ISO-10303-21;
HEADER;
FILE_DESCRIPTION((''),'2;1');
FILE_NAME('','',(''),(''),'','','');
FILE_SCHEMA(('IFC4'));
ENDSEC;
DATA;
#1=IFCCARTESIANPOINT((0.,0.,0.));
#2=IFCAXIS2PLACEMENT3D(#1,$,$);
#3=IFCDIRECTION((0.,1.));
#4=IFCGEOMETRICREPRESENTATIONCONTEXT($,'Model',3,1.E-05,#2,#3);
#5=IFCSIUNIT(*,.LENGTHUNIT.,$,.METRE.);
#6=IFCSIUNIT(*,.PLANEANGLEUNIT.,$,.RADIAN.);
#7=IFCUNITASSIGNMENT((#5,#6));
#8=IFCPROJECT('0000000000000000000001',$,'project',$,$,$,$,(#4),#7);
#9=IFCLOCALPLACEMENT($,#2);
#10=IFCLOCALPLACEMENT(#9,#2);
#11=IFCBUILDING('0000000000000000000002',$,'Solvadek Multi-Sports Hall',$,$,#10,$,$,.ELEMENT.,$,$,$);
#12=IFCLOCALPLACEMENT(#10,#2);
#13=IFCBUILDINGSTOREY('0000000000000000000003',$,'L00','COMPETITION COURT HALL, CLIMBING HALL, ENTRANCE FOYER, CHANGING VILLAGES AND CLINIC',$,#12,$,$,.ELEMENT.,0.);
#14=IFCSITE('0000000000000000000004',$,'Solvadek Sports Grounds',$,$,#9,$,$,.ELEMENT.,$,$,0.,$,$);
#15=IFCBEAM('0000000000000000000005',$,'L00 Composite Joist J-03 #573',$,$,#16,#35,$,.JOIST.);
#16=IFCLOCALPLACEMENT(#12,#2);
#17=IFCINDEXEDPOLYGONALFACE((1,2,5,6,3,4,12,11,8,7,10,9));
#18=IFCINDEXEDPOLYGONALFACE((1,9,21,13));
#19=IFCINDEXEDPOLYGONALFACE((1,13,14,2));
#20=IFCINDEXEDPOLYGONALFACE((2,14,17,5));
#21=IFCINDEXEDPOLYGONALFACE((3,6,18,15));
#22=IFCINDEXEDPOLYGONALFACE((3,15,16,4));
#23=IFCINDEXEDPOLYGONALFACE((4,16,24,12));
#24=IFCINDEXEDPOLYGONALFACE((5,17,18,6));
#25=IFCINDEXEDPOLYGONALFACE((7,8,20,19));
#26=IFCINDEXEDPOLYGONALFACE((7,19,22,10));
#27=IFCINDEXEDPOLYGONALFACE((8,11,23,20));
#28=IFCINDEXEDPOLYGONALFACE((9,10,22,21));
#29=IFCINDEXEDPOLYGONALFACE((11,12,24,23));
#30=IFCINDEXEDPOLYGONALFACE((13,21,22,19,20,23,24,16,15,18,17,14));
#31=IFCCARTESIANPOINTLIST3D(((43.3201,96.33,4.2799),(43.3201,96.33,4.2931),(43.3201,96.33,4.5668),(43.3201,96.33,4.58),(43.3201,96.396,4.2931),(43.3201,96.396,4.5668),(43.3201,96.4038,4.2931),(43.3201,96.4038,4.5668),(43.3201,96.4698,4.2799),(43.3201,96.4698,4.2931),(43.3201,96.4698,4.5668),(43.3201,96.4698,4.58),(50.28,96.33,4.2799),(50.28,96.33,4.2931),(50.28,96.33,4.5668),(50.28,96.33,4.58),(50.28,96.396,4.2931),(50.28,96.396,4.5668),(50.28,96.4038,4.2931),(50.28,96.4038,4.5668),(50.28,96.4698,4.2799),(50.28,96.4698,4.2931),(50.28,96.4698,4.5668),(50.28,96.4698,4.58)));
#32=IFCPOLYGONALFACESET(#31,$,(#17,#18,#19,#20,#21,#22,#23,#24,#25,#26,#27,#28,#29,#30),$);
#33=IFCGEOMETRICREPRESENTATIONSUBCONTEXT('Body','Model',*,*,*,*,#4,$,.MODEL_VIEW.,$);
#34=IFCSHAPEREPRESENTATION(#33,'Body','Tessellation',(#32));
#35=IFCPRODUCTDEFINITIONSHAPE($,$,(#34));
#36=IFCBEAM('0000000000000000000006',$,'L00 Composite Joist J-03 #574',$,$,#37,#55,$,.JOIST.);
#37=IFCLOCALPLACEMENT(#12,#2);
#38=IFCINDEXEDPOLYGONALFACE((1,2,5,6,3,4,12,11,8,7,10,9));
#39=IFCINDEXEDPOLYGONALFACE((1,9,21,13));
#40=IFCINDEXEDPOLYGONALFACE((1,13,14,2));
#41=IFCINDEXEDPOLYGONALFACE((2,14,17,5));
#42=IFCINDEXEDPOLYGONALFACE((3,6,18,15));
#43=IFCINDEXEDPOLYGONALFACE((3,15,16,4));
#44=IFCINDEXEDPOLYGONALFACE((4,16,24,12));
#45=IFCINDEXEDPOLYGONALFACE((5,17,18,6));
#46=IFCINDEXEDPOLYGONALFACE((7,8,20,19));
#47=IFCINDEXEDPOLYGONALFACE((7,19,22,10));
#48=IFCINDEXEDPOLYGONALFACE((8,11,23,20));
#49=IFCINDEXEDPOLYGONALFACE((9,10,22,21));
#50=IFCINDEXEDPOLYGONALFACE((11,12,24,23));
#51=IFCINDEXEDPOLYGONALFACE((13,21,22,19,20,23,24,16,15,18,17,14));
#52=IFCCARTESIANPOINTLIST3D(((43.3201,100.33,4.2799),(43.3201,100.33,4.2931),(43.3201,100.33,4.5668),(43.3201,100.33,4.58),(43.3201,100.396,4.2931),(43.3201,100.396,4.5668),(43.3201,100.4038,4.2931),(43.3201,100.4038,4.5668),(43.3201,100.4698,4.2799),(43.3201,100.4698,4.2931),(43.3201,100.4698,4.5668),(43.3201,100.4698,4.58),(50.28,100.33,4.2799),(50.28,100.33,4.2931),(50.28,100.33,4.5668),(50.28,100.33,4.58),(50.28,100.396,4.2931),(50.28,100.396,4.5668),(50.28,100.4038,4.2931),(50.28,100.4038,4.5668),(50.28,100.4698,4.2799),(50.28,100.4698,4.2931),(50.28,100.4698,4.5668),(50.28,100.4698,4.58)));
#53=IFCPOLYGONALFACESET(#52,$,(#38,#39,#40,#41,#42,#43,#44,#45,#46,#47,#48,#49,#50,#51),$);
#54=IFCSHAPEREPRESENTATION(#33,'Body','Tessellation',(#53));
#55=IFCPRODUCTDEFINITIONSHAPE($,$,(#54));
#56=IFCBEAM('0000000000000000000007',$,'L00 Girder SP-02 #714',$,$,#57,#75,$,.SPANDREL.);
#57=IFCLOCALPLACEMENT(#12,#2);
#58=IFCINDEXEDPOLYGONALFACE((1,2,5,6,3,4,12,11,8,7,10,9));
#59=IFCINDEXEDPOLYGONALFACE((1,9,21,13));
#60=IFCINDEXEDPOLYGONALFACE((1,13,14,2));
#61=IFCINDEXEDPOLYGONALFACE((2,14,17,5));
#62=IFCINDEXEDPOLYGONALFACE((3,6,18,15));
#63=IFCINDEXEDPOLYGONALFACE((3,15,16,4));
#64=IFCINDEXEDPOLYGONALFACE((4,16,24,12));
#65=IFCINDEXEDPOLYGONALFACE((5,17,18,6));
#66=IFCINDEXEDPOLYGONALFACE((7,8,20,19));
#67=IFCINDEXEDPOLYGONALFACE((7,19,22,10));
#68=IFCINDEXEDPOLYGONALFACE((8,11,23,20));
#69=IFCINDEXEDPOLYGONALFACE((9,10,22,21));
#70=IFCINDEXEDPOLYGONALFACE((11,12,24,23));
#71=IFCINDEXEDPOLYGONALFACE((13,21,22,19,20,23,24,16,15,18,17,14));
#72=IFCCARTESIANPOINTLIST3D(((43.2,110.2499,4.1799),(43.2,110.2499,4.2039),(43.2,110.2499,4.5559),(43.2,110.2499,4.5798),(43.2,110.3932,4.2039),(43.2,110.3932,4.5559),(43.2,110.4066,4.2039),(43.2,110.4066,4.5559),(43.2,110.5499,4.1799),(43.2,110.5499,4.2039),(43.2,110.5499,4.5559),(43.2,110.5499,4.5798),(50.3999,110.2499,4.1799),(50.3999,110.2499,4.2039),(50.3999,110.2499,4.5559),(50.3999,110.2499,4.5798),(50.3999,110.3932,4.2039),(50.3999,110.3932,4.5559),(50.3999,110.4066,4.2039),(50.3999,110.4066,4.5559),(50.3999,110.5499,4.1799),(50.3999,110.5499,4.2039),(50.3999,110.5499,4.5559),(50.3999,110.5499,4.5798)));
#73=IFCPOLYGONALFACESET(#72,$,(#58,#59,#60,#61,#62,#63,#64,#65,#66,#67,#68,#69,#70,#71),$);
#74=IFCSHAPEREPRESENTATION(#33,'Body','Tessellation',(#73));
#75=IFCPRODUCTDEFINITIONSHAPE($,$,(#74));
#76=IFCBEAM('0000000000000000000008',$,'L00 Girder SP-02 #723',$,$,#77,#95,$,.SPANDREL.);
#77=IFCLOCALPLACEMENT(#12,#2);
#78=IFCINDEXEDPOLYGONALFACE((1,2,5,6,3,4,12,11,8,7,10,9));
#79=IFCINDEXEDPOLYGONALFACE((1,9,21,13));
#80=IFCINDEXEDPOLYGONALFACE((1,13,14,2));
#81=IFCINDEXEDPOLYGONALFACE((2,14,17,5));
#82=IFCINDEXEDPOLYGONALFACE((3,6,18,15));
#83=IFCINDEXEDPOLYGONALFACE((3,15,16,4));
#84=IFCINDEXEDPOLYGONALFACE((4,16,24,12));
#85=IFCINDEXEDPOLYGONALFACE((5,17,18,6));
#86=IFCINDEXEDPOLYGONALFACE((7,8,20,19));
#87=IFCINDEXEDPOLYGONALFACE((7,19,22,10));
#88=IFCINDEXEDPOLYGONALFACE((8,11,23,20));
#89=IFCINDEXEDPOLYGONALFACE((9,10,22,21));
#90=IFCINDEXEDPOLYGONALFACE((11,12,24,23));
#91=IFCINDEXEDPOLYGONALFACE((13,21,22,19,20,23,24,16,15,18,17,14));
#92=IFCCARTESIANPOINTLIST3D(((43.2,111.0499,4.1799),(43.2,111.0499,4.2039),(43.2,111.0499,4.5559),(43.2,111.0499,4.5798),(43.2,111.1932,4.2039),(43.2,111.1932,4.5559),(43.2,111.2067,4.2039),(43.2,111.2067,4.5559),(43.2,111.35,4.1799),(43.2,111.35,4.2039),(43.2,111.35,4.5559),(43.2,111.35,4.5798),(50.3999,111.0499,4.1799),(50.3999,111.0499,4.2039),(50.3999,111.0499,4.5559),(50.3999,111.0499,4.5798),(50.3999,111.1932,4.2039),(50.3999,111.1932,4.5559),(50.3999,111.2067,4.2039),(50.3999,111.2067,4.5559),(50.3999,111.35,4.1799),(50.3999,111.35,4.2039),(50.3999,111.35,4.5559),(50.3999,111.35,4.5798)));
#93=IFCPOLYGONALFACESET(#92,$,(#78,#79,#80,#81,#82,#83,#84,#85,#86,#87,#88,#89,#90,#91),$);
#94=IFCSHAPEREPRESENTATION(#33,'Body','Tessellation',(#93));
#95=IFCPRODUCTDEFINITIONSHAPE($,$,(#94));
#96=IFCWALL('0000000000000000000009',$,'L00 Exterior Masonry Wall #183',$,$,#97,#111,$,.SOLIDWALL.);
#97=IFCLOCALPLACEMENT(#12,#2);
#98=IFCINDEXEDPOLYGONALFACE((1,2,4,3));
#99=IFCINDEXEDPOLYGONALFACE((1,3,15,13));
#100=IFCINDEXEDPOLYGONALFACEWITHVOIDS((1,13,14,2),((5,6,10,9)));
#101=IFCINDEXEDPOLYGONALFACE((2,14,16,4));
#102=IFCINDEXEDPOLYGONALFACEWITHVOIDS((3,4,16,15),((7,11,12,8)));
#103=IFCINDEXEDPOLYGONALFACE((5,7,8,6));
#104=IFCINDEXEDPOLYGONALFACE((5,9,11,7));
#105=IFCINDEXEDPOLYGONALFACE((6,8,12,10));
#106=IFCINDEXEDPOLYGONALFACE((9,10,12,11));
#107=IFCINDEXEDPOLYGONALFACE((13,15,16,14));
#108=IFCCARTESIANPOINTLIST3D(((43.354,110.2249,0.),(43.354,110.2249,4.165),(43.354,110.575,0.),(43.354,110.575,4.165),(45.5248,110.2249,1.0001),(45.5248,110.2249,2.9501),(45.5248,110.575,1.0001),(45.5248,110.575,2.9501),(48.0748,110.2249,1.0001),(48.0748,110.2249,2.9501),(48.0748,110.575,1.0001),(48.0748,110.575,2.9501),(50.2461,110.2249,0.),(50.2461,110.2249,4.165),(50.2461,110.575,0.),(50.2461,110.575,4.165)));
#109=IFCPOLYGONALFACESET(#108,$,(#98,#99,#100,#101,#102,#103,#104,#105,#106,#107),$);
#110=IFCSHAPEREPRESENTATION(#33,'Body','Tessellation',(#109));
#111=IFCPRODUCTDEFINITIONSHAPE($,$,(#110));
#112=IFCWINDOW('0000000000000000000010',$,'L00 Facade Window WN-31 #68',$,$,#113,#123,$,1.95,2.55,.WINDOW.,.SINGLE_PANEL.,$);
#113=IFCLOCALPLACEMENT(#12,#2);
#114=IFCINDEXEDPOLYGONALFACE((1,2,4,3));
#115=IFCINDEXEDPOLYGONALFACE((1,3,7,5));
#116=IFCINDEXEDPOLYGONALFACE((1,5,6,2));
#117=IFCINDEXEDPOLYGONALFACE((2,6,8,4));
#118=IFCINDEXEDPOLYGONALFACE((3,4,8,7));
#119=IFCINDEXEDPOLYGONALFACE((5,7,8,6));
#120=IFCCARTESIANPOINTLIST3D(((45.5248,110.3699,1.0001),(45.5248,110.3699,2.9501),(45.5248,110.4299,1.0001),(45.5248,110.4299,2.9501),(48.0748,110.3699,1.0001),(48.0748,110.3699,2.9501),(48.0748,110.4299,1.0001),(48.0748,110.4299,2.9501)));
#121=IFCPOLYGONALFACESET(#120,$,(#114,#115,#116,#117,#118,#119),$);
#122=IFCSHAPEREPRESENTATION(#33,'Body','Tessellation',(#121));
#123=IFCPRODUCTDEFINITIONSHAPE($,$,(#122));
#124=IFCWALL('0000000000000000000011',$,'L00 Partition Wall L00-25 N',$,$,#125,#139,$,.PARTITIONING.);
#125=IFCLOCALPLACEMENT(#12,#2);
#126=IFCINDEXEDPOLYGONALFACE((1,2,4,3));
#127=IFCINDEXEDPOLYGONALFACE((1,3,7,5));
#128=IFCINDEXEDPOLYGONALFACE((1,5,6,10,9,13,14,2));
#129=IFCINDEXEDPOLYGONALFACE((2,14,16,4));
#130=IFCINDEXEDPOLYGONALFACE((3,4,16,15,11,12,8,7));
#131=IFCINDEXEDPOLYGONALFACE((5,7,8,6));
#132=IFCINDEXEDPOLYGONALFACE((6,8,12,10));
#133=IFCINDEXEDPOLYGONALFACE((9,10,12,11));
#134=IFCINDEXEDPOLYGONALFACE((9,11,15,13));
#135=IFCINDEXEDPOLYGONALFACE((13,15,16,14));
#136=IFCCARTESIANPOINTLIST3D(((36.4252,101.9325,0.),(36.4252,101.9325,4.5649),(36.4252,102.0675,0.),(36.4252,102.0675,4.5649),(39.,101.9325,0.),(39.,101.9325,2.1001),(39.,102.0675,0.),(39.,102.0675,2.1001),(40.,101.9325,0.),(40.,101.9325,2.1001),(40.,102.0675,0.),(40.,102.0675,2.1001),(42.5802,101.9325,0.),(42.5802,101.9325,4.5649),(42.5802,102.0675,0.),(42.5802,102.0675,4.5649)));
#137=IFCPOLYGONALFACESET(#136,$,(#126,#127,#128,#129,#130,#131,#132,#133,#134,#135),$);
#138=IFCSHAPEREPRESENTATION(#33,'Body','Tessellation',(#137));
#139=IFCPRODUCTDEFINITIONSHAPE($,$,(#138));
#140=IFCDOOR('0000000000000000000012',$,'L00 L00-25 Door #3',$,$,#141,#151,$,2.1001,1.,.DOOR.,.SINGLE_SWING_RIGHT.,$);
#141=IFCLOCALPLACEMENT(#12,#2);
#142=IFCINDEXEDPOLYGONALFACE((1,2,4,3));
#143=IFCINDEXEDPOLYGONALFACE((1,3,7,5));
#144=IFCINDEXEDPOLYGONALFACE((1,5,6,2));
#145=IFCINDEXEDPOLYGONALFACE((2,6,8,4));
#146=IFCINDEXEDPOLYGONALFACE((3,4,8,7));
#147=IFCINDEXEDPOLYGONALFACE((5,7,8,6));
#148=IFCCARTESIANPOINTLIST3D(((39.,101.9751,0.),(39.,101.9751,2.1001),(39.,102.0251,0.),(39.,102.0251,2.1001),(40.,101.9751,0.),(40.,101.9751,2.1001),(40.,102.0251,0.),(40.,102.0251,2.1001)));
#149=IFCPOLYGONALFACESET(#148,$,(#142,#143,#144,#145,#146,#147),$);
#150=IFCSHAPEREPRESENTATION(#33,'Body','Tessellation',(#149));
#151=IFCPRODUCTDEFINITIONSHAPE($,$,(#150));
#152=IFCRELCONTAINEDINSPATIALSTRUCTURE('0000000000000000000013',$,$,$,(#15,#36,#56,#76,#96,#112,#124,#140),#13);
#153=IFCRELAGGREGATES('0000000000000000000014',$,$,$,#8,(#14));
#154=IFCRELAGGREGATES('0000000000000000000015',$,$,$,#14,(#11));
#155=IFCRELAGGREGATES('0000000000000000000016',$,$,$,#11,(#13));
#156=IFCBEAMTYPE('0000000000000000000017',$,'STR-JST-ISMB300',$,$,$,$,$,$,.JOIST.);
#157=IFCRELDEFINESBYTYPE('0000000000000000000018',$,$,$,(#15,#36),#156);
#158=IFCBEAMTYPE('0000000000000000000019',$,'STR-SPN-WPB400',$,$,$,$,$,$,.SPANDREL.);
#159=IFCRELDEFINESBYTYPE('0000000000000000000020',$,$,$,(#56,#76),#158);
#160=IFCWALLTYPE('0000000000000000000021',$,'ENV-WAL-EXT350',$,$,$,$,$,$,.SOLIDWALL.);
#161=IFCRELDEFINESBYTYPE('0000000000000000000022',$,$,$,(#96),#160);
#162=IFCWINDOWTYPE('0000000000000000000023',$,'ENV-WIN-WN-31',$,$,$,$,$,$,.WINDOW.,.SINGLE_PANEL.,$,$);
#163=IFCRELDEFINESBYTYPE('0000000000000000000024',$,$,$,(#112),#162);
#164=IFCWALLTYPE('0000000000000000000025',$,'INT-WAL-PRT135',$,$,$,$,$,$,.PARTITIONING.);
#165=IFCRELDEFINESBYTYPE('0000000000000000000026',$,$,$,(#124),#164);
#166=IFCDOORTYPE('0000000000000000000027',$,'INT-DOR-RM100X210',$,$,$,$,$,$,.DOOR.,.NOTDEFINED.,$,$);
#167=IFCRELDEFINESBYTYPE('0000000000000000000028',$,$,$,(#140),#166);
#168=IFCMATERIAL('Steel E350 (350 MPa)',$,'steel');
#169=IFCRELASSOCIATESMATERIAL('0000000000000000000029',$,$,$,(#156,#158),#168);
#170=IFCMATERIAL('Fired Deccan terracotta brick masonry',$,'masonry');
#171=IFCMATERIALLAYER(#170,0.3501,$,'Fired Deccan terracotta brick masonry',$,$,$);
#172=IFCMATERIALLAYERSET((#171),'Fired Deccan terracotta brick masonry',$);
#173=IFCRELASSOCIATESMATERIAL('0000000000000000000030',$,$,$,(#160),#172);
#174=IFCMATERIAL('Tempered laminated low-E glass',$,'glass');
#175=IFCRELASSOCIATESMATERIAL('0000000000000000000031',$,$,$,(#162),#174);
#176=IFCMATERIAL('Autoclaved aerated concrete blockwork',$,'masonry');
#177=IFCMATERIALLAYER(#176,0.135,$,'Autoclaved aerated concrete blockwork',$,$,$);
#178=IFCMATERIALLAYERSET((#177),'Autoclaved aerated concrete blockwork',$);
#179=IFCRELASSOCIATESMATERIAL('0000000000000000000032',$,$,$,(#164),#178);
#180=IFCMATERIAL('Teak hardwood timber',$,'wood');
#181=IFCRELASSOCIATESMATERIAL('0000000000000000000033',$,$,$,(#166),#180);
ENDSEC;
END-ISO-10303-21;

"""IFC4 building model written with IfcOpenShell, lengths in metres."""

from ifc_helpers import new_model, si_unit, direction, frame, frame_2d, origin, origin_2d, place, context, subcontext, project, spatial, rectangle, i_section, extrude, material, layer, layer_set, material_profile, profile_set, type_object, element, fill, save


model = new_model("IFC4")

# Units and contexts
model_context = context("Model", 3, precision=1e-05, world=origin(), true_north=direction((0.0, 1.0)))
body_context = subcontext(model_context, "Body", "Model", "MODEL_VIEW")
ifc_project = project(units=[si_unit("LENGTHUNIT", "METRE"), si_unit("PLANEANGLEUNIT", "RADIAN")], contexts=[model_context])

# Site, building, storey
site_placement = place(None, origin())
site = spatial("IfcSite", under=ifc_project, at=site_placement, Name="Solvadek Sports Grounds", CompositionType="ELEMENT", RefElevation=0.0)
building_placement = place(site_placement, origin())
building = spatial("IfcBuilding", under=site, at=building_placement, Name="Solvadek Multi-Sports Hall", CompositionType="ELEMENT")
storey_placement = place(building_placement, origin())
storey = spatial("IfcBuildingStorey", under=building, at=storey_placement, Name="L00", Description="COMPETITION COURT HALL, CLIMBING HALL, ENTRANCE FOYER, CHANGING VILLAGES AND CLINIC", CompositionType="ELEMENT", Elevation=0.0)

# Shared definitions
ifc_material_1 = material(Name="Steel E350 (350 MPa)", Category="steel")

# Beams
ifc_material_profile_1 = material_profile(ifc_material_1, i_section(OverallWidth=0.1399, OverallDepth=0.3, WebThickness=0.0078, FlangeThickness=0.0132, at=origin_2d()), Name="ISMB 300")
ifc_profile_set_1 = profile_set([ifc_material_profile_1], Name="Steel E350 (350 MPa)")
beam_type_1 = type_object("IfcBeamType", Name="STR-JST-ISMB300", PredefinedType="JOIST", material=ifc_profile_set_1)
for number, where, z_axis, x_axis, name in (
    (1, (43.3201, 96.3999, 4.4299), (1.0, 0.0, 0.0), (0.0, 1.0, 0.0), "L00 Composite Joist J-03 #573"),
    (2, (43.3201, 100.3999, 4.4299), (1.0, 0.0, 0.0), (0.0, 1.0, 0.0), "L00 Composite Joist J-03 #574"),
):
    element("IfcBeam", number, at=place(storey_placement, frame(where, z_axis=z_axis, x_axis=x_axis)), inside=storey, type_object=beam_type_1, Name=name, PredefinedType="JOIST", context=body_context, shape_type="SweptSolid", body=[
        extrude(i_section(OverallWidth=0.1399, OverallDepth=0.3, WebThickness=0.0078, FlangeThickness=0.0132, at=origin_2d()), origin(), (0.0, 0.0, 1.0), 6.96),
    ])
ifc_material_profile_2 = material_profile(ifc_material_1, i_section(OverallWidth=0.3, OverallDepth=0.3999, WebThickness=0.0134, FlangeThickness=0.0239, at=origin_2d()), Name="WPB 400")
ifc_profile_set_2 = profile_set([ifc_material_profile_2], Name="Steel E350 (350 MPa)")
beam_type_2 = type_object("IfcBeamType", Name="STR-SPN-WPB400", PredefinedType="SPANDREL", material=ifc_profile_set_2)
for number, where, z_axis, x_axis, name in (
    (3, (43.2, 110.3999, 4.3799), (1.0, 0.0, 0.0), (0.0, 1.0, 0.0), "L00 Girder SP-02 #714"),
    (4, (43.2, 111.2, 4.3799), (1.0, 0.0, 0.0), (0.0, 1.0, 0.0), "L00 Girder SP-02 #723"),
):
    element("IfcBeam", number, at=place(storey_placement, frame(where, z_axis=z_axis, x_axis=x_axis)), inside=storey, type_object=beam_type_2, Name=name, PredefinedType="SPANDREL", context=body_context, shape_type="SweptSolid", body=[
        extrude(i_section(OverallWidth=0.3, OverallDepth=0.3999, WebThickness=0.0134, FlangeThickness=0.0239, at=origin_2d()), origin(), (0.0, 0.0, 1.0), 7.2),
    ])

# Wall, opening, window
ifc_material_2 = material(Name="Fired Deccan terracotta brick masonry", Category="masonry")
ifc_layer_1 = layer(ifc_material_2, 0.3501, Name="Fired Deccan terracotta brick masonry")
ifc_layer_set_1 = layer_set([ifc_layer_1], Name="Fired Deccan terracotta brick masonry")
wall_type_1 = type_object("IfcWallType", Name="ENV-WAL-EXT350", PredefinedType="SOLIDWALL", material=ifc_layer_set_1)
wall_1_placement = place(storey_placement, frame((43.354, 110.3999, 0.0), z_axis=(0.0, 0.0, 1.0), x_axis=(1.0, 0.0, 0.0)))
wall_1 = element("IfcWall", 5, at=wall_1_placement, inside=storey, type_object=wall_type_1, Name="L00 Exterior Masonry Wall #183", PredefinedType="SOLIDWALL", context=body_context, shape_type="SweptSolid", body=[
    extrude(rectangle(XDim=6.8921, YDim=0.3501, at=frame_2d((3.446, 0.0))), origin(), (0.0, 0.0, 1.0), 4.165),
])
opening_1_placement = place(wall_1_placement, frame((2.1709, 0.0, 1.0)))
opening_1 = element("IfcOpeningElement", 6, at=opening_1_placement, cuts=wall_1, PredefinedType="OPENING", context=body_context, shape_type="SweptSolid", body=[
    extrude(rectangle(XDim=2.55, YDim=1.95, at=frame_2d((1.2749, 0.9751))), frame((0.0, 0.1851, 0.0), z_axis=(0.0, -1.0, 0.0), x_axis=(1.0, 0.0, 0.0)), (0.0, 0.0, 1.0), 0.3701),
])
ifc_material_3 = material(Name="Tempered laminated low-E glass", Category="glass")
window_type = type_object("IfcWindowType", Name="ENV-WIN-WN-31", PartitioningType="SINGLE_PANEL", PredefinedType="WINDOW", material=ifc_material_3)
window_placement = place(opening_1_placement, origin())
window = element("IfcWindow", 7, at=window_placement, inside=storey, type_object=window_type, Name="L00 Facade Window WN-31 #68", OverallHeight=1.95, OverallWidth=2.55, PartitioningType="SINGLE_PANEL", PredefinedType="WINDOW", context=body_context, shape_type="SweptSolid", body=[
    extrude(rectangle(XDim=2.55, YDim=1.95, at=frame_2d((1.2749, 0.9751))), frame((0.0, 0.03, 0.0), z_axis=(0.0, -1.0, 0.0), x_axis=(1.0, 0.0, 0.0)), (0.0, 0.0, 1.0), 0.0601),
])
fill(opening_1, window)

# Wall, opening, door
ifc_material_4 = material(Name="Autoclaved aerated concrete blockwork", Category="masonry")
ifc_layer_2 = layer(ifc_material_4, 0.135, Name="Autoclaved aerated concrete blockwork")
ifc_layer_set_2 = layer_set([ifc_layer_2], Name="Autoclaved aerated concrete blockwork")
wall_type_2 = type_object("IfcWallType", Name="INT-WAL-PRT135", PredefinedType="PARTITIONING", material=ifc_layer_set_2)
wall_2_placement = place(storey_placement, frame((36.425, 102.0, 0.0), z_axis=(0.0, 0.0, 1.0), x_axis=(1.0, 0.0, 0.0)))
wall_2 = element("IfcWall", 8, at=wall_2_placement, inside=storey, type_object=wall_type_2, Name="L00 Partition Wall L00-25 N", PredefinedType="PARTITIONING", context=body_context, shape_type="SweptSolid", body=[
    extrude(rectangle(XDim=6.155, YDim=0.135, at=frame_2d((3.0776, 0.0))), origin(), (0.0, 0.0, 1.0), 4.5649),
])
opening_2_placement = place(wall_2_placement, frame((2.575, 0.0, 0.0)))
opening_2 = element("IfcOpeningElement", 9, at=opening_2_placement, cuts=wall_2, PredefinedType="OPENING", context=body_context, shape_type="SweptSolid", body=[
    extrude(rectangle(XDim=1.0, YDim=2.1001, at=frame_2d((0.5, 1.05))), frame((0.0, 0.0774, 0.0), z_axis=(0.0, -1.0, 0.0), x_axis=(1.0, 0.0, 0.0)), (0.0, 0.0, 1.0), 0.155),
])
ifc_material_5 = material(Name="Teak hardwood timber", Category="wood")
door_type = type_object("IfcDoorType", Name="INT-DOR-RM100X210", OperationType="NOTDEFINED", PredefinedType="DOOR", material=ifc_material_5)
door_1_placement = place(opening_2_placement, frame((1.0, 0.0, 0.0), z_axis=(0.0, 0.0, 1.0), x_axis=(-1.0, 0.0, 0.0)))
door_1 = element("IfcDoor", 10, at=door_1_placement, inside=storey, type_object=door_type, Name="L00 L00-25 Door #3", OperationType="SINGLE_SWING_RIGHT", OverallHeight=2.1001, OverallWidth=1.0, PredefinedType="DOOR", context=body_context, shape_type="SweptSolid", body=[
    extrude(rectangle(XDim=1.0, YDim=2.1001, at=frame_2d((0.5, 1.05))), frame((0.0, 0.0249, 0.0), z_axis=(0.0, -1.0, 0.0), x_axis=(1.0, 0.0, 0.0)), (0.0, 0.0, 1.0), 0.05),
])
fill(opening_2, door_1)

save(model, "model.ifc")
